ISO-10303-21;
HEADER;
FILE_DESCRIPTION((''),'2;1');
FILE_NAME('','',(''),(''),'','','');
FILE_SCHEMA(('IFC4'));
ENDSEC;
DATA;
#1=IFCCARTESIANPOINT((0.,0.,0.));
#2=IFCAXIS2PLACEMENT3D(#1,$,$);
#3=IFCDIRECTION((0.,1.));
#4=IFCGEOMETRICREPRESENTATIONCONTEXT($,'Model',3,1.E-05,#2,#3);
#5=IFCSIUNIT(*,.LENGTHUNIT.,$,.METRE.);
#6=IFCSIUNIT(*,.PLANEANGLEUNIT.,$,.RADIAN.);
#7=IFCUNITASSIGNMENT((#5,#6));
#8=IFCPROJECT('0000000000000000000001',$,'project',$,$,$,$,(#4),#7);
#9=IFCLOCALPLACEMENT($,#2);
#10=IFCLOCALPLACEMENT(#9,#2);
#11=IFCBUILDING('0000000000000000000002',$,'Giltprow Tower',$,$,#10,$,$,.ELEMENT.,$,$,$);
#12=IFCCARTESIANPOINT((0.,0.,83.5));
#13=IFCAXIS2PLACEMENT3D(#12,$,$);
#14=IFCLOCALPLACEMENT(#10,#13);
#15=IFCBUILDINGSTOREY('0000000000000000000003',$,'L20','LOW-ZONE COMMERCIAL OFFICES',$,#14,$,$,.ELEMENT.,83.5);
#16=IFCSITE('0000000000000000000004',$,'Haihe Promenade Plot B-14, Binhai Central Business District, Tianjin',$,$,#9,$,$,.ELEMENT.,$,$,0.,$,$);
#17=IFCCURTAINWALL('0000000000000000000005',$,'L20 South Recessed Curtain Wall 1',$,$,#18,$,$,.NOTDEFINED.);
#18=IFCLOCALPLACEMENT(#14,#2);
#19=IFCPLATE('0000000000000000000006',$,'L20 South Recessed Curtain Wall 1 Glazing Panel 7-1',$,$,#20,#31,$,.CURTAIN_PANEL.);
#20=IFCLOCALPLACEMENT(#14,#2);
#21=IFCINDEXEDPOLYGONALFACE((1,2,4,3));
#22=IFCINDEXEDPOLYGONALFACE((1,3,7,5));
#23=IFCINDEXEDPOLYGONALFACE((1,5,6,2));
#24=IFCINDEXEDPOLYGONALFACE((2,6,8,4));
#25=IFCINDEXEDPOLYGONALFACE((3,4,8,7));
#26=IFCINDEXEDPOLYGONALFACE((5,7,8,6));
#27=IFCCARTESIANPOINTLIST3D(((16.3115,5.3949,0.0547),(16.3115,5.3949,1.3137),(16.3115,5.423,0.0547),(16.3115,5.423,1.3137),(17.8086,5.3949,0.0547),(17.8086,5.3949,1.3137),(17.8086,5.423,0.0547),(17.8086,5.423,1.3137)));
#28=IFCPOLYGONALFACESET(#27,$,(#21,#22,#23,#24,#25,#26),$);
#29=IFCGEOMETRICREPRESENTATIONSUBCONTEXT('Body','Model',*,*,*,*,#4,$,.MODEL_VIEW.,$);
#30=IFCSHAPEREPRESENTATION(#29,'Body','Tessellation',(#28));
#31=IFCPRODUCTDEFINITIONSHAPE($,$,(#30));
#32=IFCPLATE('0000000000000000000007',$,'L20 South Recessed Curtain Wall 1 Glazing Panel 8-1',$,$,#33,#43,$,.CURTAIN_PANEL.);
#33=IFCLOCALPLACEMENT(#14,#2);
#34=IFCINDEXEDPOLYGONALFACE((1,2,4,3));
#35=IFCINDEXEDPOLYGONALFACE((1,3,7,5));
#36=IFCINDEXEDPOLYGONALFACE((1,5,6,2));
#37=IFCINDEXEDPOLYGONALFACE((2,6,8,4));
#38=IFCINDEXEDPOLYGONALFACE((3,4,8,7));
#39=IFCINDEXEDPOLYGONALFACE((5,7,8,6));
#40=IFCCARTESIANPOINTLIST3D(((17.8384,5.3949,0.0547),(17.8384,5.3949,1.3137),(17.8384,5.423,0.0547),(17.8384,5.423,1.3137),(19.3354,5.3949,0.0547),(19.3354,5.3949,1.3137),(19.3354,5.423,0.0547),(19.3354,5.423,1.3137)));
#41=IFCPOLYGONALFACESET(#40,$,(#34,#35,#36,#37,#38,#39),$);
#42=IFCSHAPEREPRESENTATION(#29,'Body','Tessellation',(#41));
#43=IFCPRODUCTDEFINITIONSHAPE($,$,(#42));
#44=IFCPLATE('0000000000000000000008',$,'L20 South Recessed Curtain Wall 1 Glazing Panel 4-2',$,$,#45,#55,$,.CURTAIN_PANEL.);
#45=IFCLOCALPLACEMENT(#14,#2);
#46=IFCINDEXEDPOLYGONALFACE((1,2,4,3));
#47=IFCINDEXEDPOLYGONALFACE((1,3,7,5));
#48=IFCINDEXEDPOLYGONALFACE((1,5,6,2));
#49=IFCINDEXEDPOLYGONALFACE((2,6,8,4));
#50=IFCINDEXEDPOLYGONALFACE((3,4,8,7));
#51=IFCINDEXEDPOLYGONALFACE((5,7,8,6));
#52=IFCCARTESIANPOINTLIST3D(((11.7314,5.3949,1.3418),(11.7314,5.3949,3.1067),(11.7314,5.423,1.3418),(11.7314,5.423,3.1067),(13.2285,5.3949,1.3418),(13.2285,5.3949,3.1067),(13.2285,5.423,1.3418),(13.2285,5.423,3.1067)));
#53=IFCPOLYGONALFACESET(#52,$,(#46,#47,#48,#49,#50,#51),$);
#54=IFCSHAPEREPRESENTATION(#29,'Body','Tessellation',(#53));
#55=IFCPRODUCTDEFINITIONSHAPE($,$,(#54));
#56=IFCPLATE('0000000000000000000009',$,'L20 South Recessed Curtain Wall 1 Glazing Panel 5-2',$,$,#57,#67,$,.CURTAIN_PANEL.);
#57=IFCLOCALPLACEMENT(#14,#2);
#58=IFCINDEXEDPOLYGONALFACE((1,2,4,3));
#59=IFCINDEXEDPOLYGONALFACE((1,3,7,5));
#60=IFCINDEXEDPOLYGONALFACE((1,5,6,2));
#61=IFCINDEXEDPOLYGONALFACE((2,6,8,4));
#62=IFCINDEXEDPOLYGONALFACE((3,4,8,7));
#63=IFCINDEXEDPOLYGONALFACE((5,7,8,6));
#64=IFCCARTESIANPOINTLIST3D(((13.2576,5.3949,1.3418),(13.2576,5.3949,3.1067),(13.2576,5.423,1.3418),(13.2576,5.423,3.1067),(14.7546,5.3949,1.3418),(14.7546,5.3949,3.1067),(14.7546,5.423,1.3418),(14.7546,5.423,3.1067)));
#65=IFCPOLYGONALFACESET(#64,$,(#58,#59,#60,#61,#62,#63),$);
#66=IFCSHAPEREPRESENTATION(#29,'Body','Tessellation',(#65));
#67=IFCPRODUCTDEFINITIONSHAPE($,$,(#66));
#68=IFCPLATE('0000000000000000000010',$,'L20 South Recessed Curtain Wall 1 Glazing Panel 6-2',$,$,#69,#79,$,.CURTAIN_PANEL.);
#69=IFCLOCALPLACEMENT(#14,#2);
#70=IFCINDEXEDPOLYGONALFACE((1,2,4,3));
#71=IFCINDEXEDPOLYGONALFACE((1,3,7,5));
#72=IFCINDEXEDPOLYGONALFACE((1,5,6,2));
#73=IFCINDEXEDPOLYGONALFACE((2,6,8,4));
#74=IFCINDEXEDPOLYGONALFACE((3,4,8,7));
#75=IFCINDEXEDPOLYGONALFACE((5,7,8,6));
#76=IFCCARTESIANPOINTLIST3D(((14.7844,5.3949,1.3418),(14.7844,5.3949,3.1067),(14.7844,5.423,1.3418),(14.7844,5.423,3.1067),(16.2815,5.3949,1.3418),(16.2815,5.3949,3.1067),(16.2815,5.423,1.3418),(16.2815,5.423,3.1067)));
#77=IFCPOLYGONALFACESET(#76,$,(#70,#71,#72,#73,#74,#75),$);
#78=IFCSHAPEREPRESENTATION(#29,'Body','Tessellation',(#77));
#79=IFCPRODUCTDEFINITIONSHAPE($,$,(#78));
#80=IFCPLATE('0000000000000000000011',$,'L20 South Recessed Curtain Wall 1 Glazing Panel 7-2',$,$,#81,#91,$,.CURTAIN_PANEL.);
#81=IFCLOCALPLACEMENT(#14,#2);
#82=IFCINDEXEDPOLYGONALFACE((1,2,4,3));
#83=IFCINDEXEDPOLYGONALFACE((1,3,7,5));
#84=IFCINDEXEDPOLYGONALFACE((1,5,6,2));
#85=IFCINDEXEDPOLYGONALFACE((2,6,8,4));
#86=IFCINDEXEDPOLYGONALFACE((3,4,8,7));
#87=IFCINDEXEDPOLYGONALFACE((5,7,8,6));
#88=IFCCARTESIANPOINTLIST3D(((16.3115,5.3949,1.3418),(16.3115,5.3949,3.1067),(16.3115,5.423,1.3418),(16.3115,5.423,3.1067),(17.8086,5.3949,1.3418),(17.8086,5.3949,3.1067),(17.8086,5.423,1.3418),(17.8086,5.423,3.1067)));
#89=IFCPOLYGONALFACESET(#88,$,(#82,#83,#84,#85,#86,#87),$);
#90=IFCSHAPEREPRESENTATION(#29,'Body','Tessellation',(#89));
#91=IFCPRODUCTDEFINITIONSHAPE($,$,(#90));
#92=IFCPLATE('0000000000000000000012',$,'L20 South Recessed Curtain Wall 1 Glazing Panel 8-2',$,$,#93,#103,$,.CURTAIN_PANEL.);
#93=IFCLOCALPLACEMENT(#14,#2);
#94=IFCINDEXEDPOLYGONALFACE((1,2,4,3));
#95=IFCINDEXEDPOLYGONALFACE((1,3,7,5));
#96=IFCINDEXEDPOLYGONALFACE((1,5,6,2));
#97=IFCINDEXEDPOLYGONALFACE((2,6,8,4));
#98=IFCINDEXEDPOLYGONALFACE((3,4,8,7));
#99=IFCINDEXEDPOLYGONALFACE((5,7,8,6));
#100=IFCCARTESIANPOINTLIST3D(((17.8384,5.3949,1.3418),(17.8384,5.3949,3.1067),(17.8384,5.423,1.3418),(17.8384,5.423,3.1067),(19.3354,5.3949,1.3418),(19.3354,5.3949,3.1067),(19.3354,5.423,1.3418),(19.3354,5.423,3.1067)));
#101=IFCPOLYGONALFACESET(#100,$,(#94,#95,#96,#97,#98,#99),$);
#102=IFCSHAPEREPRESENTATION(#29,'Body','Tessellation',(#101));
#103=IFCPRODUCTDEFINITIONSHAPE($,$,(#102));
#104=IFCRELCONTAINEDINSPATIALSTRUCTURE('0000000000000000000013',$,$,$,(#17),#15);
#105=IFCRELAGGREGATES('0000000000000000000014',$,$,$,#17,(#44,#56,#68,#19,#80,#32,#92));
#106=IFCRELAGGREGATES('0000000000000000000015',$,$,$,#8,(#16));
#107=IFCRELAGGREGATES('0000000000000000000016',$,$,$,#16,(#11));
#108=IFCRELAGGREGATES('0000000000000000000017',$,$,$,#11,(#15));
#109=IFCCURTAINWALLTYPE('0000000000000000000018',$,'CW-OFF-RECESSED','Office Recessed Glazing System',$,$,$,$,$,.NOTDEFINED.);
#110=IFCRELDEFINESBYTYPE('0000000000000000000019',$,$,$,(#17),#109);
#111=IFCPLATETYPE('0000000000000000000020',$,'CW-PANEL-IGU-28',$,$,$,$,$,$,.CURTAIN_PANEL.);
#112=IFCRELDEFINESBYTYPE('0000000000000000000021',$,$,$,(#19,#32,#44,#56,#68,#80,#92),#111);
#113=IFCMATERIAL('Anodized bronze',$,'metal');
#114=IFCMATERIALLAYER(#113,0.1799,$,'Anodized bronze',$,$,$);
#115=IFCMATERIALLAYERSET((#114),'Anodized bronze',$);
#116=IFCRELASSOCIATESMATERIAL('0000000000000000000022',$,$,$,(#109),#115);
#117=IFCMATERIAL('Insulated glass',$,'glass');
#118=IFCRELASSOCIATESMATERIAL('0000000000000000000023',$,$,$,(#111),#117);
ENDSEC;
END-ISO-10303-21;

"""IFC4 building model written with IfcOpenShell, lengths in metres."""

from ifc_helpers import new_model, si_unit, direction, frame, origin, origin_2d, place, context, subcontext, project, spatial, rectangle, extrude, source, transform, mapped, material, layer, layer_set, type_object, element, aggregate, save


model = new_model("IFC4")

# Units and contexts
model_context = context("Model", 3, precision=1e-05, world=origin(), true_north=direction((0.0, 1.0)))
body_context = subcontext(model_context, "Body", "Model", "MODEL_VIEW")
ifc_project = project(units=[si_unit("LENGTHUNIT", "METRE"), si_unit("PLANEANGLEUNIT", "RADIAN")], contexts=[model_context])

# Site, building, storey
site_placement = place(None, origin())
site = spatial("IfcSite", under=ifc_project, at=site_placement, Name="Haihe Promenade Plot B-14, Binhai Central Business District, Tianjin", CompositionType="ELEMENT", RefElevation=0.0)
building_placement = place(site_placement, origin())
building = spatial("IfcBuilding", under=site, at=building_placement, Name="Giltprow Tower", CompositionType="ELEMENT")
storey_placement = place(building_placement, frame((0.0, 0.0, 83.5)))
storey = spatial("IfcBuildingStorey", under=building, at=storey_placement, Name="L20", Description="LOW-ZONE COMMERCIAL OFFICES", CompositionType="ELEMENT", Elevation=83.5)

# Curtain wall
ifc_material_1 = material(Name="Anodized bronze", Category="metal")
ifc_layer = layer(ifc_material_1, 0.1799, Name="Anodized bronze")
ifc_layer_set = layer_set([ifc_layer], Name="Anodized bronze")
curtain_wall_type = type_object("IfcCurtainWallType", Name="CW-OFF-RECESSED", Description="Office Recessed Glazing System", PredefinedType="NOTDEFINED", material=ifc_layer_set)
curtain_wall_placement = place(storey_placement, origin())
curtain_wall = element("IfcCurtainWall", 1, at=curtain_wall_placement, inside=storey, type_object=curtain_wall_type, Name="L20 South Recessed Curtain Wall 1", PredefinedType="NOTDEFINED")

# Plates
ifc_material_2 = material(Name="Insulated glass", Category="glass")
plate_type_1 = type_object("IfcPlateType", Name="CW-PANEL-IGU-28", PredefinedType="CURTAIN_PANEL", material=ifc_material_2)
shared_shape_1 = source(origin(), body_context, "Body", "SweptSolid", [
    extrude(rectangle(XDim=1.4971, YDim=0.0281, at=origin_2d()), origin(), (0.0, 0.0, 1.0), 1.259),
])
plate_1_placement = place(storey_placement, frame((17.0601, 5.4089, 0.0547), z_axis=(0.0, 0.0, 1.0), x_axis=(1.0, 0.0, 0.0)))
plate_1 = element("IfcPlate", 2, at=plate_1_placement, type_object=plate_type_1, Name="L20 South Recessed Curtain Wall 1 Glazing Panel 7-1", PredefinedType="CURTAIN_PANEL", context=body_context, shape_type="MappedRepresentation", body=[
    mapped(shared_shape_1, transform((0.0, 0.0, 0.0), x_axis=(1.0, 0.0, 0.0), y_axis=(0.0, 1.0, 0.0), z_axis=(0.0, 0.0, 1.0), scale=1.0)),
])
plate_2_placement = place(storey_placement, frame((18.5869, 5.4089, 0.0547), z_axis=(0.0, 0.0, 1.0), x_axis=(1.0, 0.0, 0.0)))
plate_2 = element("IfcPlate", 3, at=plate_2_placement, type_object=plate_type_1, Name="L20 South Recessed Curtain Wall 1 Glazing Panel 8-1", PredefinedType="CURTAIN_PANEL", context=body_context, shape_type="MappedRepresentation", body=[
    mapped(shared_shape_1, transform((0.0, 0.0, 0.0), x_axis=(1.0, 0.0, 0.0), y_axis=(0.0, 1.0, 0.0), z_axis=(0.0, 0.0, 1.0), scale=1.0)),
])
shared_shape_2 = source(origin(), body_context, "Body", "SweptSolid", [
    extrude(rectangle(XDim=1.4971, YDim=0.0281, at=origin_2d()), origin(), (0.0, 0.0, 1.0), 1.7649),
])
plate_3_placement = place(storey_placement, frame((12.48, 5.4089, 1.3418), z_axis=(0.0, 0.0, 1.0), x_axis=(1.0, 0.0, 0.0)))
plate_3 = element("IfcPlate", 4, at=plate_3_placement, type_object=plate_type_1, Name="L20 South Recessed Curtain Wall 1 Glazing Panel 4-2", PredefinedType="CURTAIN_PANEL", context=body_context, shape_type="MappedRepresentation", body=[
    mapped(shared_shape_2, transform((0.0, 0.0, 0.0), x_axis=(1.0, 0.0, 0.0), y_axis=(0.0, 1.0, 0.0), z_axis=(0.0, 0.0, 1.0), scale=1.0)),
])
plate_4_placement = place(storey_placement, frame((14.0061, 5.4089, 1.3418), z_axis=(0.0, 0.0, 1.0), x_axis=(1.0, 0.0, 0.0)))
plate_4 = element("IfcPlate", 5, at=plate_4_placement, type_object=plate_type_1, Name="L20 South Recessed Curtain Wall 1 Glazing Panel 5-2", PredefinedType="CURTAIN_PANEL", context=body_context, shape_type="MappedRepresentation", body=[
    mapped(shared_shape_2, transform((0.0, 0.0, 0.0), x_axis=(1.0, 0.0, 0.0), y_axis=(0.0, 1.0, 0.0), z_axis=(0.0, 0.0, 1.0), scale=1.0)),
])
plate_5_placement = place(storey_placement, frame((15.533, 5.4089, 1.3418), z_axis=(0.0, 0.0, 1.0), x_axis=(1.0, 0.0, 0.0)))
plate_5 = element("IfcPlate", 6, at=plate_5_placement, type_object=plate_type_1, Name="L20 South Recessed Curtain Wall 1 Glazing Panel 6-2", PredefinedType="CURTAIN_PANEL", context=body_context, shape_type="MappedRepresentation", body=[
    mapped(shared_shape_2, transform((0.0, 0.0, 0.0), x_axis=(1.0, 0.0, 0.0), y_axis=(0.0, 1.0, 0.0), z_axis=(0.0, 0.0, 1.0), scale=1.0)),
])
plate_6_placement = place(storey_placement, frame((17.0601, 5.4089, 1.3418), z_axis=(0.0, 0.0, 1.0), x_axis=(1.0, 0.0, 0.0)))
plate_6 = element("IfcPlate", 7, at=plate_6_placement, type_object=plate_type_1, Name="L20 South Recessed Curtain Wall 1 Glazing Panel 7-2", PredefinedType="CURTAIN_PANEL", context=body_context, shape_type="MappedRepresentation", body=[
    mapped(shared_shape_2, transform((0.0, 0.0, 0.0), x_axis=(1.0, 0.0, 0.0), y_axis=(0.0, 1.0, 0.0), z_axis=(0.0, 0.0, 1.0), scale=1.0)),
])
plate_7_placement = place(storey_placement, frame((18.5869, 5.4089, 1.3418), z_axis=(0.0, 0.0, 1.0), x_axis=(1.0, 0.0, 0.0)))
plate_7 = element("IfcPlate", 8, at=plate_7_placement, type_object=plate_type_1, Name="L20 South Recessed Curtain Wall 1 Glazing Panel 8-2", PredefinedType="CURTAIN_PANEL", context=body_context, shape_type="MappedRepresentation", body=[
    mapped(shared_shape_2, transform((0.0, 0.0, 0.0), x_axis=(1.0, 0.0, 0.0), y_axis=(0.0, 1.0, 0.0), z_axis=(0.0, 0.0, 1.0), scale=1.0)),
])
aggregate(curtain_wall, [plate_3, plate_4, plate_5, plate_1, plate_6, plate_2, plate_7])

save(model, "model.ifc")
